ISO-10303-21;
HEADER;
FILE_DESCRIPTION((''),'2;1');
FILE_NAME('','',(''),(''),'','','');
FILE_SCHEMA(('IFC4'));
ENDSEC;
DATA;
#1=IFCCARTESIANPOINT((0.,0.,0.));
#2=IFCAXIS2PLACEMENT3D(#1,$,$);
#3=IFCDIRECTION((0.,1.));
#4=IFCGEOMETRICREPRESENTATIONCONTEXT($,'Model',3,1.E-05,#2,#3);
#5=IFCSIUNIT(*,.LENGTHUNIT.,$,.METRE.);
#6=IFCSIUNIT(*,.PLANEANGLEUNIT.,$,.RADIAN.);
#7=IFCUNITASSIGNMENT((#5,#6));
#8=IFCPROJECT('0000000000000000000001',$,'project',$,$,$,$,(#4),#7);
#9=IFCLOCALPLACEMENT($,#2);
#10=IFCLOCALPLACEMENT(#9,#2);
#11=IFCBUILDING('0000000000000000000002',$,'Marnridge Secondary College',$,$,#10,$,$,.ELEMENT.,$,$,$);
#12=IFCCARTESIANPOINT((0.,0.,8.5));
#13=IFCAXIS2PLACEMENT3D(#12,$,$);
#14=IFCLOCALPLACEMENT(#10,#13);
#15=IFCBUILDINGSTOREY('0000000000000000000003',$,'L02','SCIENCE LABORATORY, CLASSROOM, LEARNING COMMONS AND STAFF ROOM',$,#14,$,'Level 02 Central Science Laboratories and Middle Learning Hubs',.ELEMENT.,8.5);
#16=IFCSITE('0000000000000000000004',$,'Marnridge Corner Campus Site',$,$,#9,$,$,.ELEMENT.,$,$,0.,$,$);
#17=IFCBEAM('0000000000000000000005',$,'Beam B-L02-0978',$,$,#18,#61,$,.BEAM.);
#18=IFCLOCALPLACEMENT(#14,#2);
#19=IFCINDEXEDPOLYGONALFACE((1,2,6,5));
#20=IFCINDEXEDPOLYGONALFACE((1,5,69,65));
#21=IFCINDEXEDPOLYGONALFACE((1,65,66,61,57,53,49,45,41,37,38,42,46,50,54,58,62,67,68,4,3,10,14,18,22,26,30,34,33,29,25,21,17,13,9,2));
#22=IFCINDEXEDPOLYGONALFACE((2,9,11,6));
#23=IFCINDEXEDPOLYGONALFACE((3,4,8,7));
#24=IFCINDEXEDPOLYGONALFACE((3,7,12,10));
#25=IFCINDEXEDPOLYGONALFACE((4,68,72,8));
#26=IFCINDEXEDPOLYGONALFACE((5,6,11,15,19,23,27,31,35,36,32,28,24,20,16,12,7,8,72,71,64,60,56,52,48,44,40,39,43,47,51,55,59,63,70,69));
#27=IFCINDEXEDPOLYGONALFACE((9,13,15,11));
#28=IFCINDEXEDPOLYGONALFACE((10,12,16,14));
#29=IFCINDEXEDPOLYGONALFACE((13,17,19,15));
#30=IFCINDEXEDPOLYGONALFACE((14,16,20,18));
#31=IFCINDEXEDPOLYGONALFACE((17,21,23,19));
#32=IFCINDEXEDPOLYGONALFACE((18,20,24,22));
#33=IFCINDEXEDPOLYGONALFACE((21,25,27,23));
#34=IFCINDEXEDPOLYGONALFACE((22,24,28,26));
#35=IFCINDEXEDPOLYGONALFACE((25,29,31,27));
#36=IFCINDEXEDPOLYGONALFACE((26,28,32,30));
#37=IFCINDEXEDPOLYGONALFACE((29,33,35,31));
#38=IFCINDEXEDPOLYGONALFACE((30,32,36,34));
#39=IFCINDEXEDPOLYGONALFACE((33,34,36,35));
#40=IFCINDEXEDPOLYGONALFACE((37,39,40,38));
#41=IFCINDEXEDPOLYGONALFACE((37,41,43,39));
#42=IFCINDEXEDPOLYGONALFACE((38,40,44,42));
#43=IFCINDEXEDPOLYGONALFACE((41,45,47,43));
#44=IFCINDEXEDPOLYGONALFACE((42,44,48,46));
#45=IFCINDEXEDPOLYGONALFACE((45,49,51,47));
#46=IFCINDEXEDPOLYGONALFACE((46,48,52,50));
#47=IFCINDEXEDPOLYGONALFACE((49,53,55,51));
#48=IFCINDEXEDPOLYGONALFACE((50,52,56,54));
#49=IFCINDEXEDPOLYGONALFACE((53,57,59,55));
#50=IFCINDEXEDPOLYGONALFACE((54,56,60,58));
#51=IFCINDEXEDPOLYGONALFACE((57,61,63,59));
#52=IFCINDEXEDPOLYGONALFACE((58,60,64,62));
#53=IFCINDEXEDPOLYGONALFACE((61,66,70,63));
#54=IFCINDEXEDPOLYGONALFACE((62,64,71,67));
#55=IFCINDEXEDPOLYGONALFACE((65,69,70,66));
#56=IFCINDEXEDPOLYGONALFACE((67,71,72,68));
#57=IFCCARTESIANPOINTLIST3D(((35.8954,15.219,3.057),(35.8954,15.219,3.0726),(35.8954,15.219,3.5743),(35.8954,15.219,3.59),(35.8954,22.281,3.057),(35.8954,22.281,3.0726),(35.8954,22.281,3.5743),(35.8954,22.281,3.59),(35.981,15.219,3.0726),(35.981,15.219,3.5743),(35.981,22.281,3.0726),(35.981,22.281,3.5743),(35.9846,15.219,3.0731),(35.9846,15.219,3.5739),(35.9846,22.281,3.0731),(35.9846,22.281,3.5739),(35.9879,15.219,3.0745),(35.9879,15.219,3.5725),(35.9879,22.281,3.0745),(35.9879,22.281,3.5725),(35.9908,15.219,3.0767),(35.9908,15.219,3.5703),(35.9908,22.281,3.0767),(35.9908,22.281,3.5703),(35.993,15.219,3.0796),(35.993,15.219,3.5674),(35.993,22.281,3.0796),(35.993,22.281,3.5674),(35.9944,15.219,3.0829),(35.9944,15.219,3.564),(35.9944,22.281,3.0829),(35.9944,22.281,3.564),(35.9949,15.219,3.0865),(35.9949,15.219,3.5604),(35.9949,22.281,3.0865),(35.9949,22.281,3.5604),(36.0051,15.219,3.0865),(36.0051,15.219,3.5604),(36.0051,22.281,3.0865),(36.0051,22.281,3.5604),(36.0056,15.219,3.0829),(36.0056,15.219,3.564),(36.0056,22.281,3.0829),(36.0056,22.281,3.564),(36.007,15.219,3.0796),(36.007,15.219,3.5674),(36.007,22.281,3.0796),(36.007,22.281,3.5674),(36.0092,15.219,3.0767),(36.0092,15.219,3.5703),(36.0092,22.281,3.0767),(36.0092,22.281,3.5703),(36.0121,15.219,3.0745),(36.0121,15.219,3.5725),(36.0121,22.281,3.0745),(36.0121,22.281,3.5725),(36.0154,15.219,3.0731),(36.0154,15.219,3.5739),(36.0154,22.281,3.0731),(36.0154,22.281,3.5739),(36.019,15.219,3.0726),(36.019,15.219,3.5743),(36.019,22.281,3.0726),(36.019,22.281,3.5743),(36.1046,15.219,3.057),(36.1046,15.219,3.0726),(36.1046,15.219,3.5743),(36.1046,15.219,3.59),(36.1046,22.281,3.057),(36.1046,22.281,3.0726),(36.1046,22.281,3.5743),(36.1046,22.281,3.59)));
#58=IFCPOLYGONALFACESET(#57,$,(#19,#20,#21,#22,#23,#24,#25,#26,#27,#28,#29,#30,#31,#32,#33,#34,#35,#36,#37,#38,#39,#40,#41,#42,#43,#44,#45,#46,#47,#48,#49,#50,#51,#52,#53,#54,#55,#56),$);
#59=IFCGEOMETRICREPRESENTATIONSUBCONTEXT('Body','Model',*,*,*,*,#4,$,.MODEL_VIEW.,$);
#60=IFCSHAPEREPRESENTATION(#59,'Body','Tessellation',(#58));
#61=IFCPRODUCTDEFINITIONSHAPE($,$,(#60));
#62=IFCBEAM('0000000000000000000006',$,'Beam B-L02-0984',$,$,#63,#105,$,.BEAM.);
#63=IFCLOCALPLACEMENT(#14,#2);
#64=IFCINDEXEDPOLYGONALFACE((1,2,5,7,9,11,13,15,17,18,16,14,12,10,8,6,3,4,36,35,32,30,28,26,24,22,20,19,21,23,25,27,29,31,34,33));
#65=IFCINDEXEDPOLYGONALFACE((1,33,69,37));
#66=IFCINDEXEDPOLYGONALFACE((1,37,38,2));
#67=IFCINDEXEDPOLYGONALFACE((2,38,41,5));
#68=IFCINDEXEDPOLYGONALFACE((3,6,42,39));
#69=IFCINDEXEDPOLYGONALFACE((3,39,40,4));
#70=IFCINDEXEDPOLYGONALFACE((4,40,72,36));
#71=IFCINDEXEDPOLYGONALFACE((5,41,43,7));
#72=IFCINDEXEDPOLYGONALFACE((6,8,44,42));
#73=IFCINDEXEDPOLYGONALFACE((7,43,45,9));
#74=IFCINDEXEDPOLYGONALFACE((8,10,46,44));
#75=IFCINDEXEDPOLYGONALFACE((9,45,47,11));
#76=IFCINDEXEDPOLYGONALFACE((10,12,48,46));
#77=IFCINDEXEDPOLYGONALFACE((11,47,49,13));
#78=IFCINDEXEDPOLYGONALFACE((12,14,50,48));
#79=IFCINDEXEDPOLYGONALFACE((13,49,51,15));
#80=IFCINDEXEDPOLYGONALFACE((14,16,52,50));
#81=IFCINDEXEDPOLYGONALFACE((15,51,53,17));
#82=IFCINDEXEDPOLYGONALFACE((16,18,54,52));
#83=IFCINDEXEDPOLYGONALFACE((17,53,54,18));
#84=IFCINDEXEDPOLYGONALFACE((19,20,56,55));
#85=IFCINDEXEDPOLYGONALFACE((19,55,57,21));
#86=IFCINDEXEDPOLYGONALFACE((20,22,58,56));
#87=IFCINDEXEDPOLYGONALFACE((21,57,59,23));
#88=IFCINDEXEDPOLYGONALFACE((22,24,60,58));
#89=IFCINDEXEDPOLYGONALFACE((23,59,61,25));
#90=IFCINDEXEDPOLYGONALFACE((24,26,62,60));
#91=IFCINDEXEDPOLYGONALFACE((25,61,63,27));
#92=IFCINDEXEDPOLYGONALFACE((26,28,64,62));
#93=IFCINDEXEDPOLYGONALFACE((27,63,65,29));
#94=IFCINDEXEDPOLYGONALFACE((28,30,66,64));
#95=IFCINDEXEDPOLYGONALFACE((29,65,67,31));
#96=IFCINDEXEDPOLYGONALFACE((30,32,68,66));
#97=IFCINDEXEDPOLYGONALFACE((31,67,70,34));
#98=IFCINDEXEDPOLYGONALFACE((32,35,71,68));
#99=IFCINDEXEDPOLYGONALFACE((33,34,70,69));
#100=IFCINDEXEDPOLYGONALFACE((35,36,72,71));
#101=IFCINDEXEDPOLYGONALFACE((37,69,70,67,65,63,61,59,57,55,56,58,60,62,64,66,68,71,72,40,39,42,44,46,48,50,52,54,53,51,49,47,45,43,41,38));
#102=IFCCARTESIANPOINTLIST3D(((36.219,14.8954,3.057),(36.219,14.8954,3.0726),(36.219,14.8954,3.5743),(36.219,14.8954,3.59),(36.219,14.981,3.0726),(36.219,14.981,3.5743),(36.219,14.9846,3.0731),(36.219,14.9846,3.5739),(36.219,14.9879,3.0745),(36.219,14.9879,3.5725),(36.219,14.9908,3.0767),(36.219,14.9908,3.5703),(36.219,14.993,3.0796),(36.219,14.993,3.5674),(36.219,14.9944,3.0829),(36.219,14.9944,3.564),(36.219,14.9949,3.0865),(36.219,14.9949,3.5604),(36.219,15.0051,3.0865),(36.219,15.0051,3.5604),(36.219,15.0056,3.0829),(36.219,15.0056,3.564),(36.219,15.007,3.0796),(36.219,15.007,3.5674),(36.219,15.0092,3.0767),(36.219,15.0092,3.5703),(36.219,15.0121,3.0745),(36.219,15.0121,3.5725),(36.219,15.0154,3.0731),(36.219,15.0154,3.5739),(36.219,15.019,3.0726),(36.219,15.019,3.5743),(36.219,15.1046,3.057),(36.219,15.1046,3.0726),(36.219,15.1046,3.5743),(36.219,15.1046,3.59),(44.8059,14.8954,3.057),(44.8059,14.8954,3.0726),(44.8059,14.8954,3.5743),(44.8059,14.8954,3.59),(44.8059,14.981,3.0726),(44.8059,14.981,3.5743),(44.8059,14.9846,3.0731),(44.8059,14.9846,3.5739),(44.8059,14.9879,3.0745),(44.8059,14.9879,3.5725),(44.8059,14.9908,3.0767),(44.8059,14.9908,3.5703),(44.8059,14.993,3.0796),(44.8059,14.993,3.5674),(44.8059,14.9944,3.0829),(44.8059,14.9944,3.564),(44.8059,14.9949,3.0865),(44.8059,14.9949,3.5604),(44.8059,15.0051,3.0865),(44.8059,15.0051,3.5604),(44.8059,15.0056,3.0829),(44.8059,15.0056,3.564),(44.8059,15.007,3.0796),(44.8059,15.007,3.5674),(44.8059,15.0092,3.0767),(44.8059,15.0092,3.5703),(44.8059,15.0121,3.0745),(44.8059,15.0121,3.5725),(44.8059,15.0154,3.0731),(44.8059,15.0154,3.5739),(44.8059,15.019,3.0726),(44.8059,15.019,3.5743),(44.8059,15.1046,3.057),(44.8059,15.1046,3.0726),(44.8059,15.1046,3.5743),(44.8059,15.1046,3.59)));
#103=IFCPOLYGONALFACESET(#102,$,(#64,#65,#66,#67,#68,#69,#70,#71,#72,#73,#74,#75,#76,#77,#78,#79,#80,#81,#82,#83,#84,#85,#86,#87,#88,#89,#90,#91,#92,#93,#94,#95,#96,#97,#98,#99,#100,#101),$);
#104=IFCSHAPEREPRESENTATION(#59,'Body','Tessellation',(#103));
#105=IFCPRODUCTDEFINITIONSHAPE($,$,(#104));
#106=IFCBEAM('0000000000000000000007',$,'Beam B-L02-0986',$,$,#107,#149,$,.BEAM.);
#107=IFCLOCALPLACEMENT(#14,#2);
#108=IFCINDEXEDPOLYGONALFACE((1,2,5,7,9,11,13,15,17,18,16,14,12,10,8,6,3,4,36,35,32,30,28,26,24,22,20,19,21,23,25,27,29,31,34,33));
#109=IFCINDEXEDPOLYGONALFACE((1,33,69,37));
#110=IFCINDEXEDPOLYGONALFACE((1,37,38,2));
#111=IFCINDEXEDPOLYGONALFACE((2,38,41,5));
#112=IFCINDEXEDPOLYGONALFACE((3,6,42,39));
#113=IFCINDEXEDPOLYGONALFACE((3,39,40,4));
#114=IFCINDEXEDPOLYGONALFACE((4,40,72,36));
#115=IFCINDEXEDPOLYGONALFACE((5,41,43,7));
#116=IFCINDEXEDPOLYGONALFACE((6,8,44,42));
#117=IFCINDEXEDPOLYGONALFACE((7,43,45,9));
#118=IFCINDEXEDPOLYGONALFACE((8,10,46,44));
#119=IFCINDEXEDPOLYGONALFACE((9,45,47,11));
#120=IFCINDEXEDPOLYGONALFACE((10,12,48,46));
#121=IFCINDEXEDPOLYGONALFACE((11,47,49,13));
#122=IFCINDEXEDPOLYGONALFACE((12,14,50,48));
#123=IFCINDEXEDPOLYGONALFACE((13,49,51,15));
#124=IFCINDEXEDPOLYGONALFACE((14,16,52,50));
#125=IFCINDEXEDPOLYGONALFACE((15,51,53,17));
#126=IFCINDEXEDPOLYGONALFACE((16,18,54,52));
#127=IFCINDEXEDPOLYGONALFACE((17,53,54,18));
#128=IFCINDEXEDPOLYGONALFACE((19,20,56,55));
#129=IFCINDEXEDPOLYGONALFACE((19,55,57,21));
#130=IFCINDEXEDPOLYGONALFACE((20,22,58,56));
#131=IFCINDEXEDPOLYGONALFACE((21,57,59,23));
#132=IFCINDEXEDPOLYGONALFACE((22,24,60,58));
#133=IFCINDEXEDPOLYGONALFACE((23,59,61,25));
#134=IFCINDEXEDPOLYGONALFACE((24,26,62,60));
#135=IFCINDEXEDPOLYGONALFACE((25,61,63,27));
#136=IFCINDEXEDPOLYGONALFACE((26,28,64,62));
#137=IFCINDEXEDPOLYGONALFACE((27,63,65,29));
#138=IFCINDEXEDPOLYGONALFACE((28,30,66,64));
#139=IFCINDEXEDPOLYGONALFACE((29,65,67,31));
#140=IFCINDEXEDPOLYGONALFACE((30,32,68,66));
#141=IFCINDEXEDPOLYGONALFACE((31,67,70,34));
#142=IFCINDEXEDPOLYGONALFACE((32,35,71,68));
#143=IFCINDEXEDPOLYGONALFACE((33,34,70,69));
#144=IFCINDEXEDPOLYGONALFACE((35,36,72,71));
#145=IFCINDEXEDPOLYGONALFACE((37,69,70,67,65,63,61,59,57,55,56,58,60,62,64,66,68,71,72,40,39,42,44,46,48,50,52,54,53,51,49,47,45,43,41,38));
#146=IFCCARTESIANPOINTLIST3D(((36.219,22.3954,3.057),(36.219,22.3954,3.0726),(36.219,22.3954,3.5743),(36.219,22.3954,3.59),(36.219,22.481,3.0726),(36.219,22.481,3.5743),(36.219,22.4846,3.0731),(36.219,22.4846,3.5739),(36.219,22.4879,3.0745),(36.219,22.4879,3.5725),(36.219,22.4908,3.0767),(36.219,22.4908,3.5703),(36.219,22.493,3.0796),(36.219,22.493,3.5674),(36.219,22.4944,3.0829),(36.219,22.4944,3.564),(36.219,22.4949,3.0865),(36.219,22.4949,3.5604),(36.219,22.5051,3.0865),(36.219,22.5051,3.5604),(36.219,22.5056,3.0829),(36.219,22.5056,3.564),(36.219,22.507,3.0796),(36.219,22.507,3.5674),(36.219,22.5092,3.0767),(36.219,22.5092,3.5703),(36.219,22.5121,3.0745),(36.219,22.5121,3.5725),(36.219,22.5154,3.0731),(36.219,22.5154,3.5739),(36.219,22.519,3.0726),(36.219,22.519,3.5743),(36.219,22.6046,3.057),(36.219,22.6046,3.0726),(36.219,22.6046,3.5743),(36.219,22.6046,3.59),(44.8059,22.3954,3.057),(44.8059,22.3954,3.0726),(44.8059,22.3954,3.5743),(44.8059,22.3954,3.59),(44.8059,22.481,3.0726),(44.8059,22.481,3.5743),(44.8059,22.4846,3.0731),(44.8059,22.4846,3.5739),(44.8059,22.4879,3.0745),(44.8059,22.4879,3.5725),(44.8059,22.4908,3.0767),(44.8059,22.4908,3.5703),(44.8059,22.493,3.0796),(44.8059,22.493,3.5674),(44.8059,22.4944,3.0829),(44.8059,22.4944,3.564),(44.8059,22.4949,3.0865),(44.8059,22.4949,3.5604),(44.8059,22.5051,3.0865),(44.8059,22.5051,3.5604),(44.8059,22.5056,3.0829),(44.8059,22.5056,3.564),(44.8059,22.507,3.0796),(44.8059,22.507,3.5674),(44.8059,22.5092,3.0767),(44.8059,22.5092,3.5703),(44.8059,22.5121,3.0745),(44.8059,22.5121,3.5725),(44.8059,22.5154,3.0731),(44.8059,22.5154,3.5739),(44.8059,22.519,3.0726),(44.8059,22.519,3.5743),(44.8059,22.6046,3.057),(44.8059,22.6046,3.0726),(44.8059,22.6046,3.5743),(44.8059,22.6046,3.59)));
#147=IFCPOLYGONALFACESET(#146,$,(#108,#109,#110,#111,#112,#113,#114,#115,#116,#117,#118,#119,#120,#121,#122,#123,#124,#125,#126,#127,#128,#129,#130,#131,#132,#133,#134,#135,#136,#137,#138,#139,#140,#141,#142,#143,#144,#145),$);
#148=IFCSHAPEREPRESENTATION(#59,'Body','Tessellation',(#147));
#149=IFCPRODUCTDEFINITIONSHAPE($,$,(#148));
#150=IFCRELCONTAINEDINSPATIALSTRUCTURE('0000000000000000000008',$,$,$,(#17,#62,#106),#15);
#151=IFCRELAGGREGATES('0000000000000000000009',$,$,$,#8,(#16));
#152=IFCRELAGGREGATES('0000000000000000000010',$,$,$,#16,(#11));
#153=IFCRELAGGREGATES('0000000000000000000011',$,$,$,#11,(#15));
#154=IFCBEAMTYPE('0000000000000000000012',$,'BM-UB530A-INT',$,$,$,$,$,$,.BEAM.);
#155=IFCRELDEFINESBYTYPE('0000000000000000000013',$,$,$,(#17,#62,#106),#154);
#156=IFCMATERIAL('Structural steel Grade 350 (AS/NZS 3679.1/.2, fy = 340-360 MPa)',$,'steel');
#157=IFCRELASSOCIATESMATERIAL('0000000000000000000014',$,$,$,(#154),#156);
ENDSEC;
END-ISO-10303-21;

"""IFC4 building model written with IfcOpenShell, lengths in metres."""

from ifc_helpers import new_model, si_unit, direction, frame, origin, origin_2d, place, context, subcontext, project, spatial, i_section, extrude, material, material_profile, profile_set, type_object, element, save


model = new_model("IFC4")

# Units and contexts
model_context = context("Model", 3, precision=1e-05, world=origin(), true_north=direction((0.0, 1.0)))
body_context = subcontext(model_context, "Body", "Model", "MODEL_VIEW")
ifc_project = project(units=[si_unit("LENGTHUNIT", "METRE"), si_unit("PLANEANGLEUNIT", "RADIAN")], contexts=[model_context])

# Site, building, storey
site_placement = place(None, origin())
site = spatial("IfcSite", under=ifc_project, at=site_placement, Name="Marnridge Corner Campus Site", CompositionType="ELEMENT", RefElevation=0.0)
building_placement = place(site_placement, origin())
building = spatial("IfcBuilding", under=site, at=building_placement, Name="Marnridge Secondary College", CompositionType="ELEMENT")
storey_placement = place(building_placement, frame((0.0, 0.0, 8.5)))
storey = spatial("IfcBuildingStorey", under=building, at=storey_placement, Name="L02", Description="SCIENCE LABORATORY, CLASSROOM, LEARNING COMMONS AND STAFF ROOM", LongName="Level 02 Central Science Laboratories and Middle Learning Hubs", CompositionType="ELEMENT", Elevation=8.5)

# Beams
ifc_material_1 = material(Name="Structural steel Grade 350 (AS/NZS 3679.1/.2, fy = 340-360 MPa)", Category="steel")
ifc_material_profile_1 = material_profile(ifc_material_1, i_section(OverallWidth=0.2092, OverallDepth=0.533, WebThickness=0.0103, FlangeThickness=0.0156, FilletRadius=0.0139, at=origin_2d()), Name="530UB92.4")
ifc_profile_set_1 = profile_set([ifc_material_profile_1], Name="Structural steel Grade 350 (AS/NZS 3679.1/.2, fy = 340-360 MPa)")
beam_type_1 = type_object("IfcBeamType", Name="BM-UB530A-INT", PredefinedType="BEAM", material=ifc_profile_set_1)
beam_1_placement = place(storey_placement, frame((36.0, 15.219, 3.3235), z_axis=(0.0, 1.0, 0.0), x_axis=(-1.0, 0.0, 0.0)))
element("IfcBeam", 1, at=beam_1_placement, inside=storey, type_object=beam_type_1, Name="Beam B-L02-0978", PredefinedType="BEAM", context=body_context, shape_type="SweptSolid", body=[
    extrude(i_section(OverallWidth=0.2092, OverallDepth=0.533, WebThickness=0.0103, FlangeThickness=0.0156, FilletRadius=0.0139, at=origin_2d()), origin(), (0.0, 0.0, 1.0), 7.062),
])
for number, where, z_axis, x_axis, name in (
    (2, (36.219, 15.0, 3.3235), (1.0, 0.0, 0.0), (0.0, 1.0, 0.0), "Beam B-L02-0984"),
    (3, (36.219, 22.5, 3.3235), (1.0, 0.0, 0.0), (0.0, 1.0, 0.0), "Beam B-L02-0986"),
):
    element("IfcBeam", number, at=place(storey_placement, frame(where, z_axis=z_axis, x_axis=x_axis)), inside=storey, type_object=beam_type_1, Name=name, PredefinedType="BEAM", context=body_context, shape_type="SweptSolid", body=[
        extrude(i_section(OverallWidth=0.2092, OverallDepth=0.533, WebThickness=0.0103, FlangeThickness=0.0156, FilletRadius=0.0139, at=origin_2d()), origin(), (0.0, 0.0, 1.0), 8.5869),
    ])

save(model, "model.ifc")
